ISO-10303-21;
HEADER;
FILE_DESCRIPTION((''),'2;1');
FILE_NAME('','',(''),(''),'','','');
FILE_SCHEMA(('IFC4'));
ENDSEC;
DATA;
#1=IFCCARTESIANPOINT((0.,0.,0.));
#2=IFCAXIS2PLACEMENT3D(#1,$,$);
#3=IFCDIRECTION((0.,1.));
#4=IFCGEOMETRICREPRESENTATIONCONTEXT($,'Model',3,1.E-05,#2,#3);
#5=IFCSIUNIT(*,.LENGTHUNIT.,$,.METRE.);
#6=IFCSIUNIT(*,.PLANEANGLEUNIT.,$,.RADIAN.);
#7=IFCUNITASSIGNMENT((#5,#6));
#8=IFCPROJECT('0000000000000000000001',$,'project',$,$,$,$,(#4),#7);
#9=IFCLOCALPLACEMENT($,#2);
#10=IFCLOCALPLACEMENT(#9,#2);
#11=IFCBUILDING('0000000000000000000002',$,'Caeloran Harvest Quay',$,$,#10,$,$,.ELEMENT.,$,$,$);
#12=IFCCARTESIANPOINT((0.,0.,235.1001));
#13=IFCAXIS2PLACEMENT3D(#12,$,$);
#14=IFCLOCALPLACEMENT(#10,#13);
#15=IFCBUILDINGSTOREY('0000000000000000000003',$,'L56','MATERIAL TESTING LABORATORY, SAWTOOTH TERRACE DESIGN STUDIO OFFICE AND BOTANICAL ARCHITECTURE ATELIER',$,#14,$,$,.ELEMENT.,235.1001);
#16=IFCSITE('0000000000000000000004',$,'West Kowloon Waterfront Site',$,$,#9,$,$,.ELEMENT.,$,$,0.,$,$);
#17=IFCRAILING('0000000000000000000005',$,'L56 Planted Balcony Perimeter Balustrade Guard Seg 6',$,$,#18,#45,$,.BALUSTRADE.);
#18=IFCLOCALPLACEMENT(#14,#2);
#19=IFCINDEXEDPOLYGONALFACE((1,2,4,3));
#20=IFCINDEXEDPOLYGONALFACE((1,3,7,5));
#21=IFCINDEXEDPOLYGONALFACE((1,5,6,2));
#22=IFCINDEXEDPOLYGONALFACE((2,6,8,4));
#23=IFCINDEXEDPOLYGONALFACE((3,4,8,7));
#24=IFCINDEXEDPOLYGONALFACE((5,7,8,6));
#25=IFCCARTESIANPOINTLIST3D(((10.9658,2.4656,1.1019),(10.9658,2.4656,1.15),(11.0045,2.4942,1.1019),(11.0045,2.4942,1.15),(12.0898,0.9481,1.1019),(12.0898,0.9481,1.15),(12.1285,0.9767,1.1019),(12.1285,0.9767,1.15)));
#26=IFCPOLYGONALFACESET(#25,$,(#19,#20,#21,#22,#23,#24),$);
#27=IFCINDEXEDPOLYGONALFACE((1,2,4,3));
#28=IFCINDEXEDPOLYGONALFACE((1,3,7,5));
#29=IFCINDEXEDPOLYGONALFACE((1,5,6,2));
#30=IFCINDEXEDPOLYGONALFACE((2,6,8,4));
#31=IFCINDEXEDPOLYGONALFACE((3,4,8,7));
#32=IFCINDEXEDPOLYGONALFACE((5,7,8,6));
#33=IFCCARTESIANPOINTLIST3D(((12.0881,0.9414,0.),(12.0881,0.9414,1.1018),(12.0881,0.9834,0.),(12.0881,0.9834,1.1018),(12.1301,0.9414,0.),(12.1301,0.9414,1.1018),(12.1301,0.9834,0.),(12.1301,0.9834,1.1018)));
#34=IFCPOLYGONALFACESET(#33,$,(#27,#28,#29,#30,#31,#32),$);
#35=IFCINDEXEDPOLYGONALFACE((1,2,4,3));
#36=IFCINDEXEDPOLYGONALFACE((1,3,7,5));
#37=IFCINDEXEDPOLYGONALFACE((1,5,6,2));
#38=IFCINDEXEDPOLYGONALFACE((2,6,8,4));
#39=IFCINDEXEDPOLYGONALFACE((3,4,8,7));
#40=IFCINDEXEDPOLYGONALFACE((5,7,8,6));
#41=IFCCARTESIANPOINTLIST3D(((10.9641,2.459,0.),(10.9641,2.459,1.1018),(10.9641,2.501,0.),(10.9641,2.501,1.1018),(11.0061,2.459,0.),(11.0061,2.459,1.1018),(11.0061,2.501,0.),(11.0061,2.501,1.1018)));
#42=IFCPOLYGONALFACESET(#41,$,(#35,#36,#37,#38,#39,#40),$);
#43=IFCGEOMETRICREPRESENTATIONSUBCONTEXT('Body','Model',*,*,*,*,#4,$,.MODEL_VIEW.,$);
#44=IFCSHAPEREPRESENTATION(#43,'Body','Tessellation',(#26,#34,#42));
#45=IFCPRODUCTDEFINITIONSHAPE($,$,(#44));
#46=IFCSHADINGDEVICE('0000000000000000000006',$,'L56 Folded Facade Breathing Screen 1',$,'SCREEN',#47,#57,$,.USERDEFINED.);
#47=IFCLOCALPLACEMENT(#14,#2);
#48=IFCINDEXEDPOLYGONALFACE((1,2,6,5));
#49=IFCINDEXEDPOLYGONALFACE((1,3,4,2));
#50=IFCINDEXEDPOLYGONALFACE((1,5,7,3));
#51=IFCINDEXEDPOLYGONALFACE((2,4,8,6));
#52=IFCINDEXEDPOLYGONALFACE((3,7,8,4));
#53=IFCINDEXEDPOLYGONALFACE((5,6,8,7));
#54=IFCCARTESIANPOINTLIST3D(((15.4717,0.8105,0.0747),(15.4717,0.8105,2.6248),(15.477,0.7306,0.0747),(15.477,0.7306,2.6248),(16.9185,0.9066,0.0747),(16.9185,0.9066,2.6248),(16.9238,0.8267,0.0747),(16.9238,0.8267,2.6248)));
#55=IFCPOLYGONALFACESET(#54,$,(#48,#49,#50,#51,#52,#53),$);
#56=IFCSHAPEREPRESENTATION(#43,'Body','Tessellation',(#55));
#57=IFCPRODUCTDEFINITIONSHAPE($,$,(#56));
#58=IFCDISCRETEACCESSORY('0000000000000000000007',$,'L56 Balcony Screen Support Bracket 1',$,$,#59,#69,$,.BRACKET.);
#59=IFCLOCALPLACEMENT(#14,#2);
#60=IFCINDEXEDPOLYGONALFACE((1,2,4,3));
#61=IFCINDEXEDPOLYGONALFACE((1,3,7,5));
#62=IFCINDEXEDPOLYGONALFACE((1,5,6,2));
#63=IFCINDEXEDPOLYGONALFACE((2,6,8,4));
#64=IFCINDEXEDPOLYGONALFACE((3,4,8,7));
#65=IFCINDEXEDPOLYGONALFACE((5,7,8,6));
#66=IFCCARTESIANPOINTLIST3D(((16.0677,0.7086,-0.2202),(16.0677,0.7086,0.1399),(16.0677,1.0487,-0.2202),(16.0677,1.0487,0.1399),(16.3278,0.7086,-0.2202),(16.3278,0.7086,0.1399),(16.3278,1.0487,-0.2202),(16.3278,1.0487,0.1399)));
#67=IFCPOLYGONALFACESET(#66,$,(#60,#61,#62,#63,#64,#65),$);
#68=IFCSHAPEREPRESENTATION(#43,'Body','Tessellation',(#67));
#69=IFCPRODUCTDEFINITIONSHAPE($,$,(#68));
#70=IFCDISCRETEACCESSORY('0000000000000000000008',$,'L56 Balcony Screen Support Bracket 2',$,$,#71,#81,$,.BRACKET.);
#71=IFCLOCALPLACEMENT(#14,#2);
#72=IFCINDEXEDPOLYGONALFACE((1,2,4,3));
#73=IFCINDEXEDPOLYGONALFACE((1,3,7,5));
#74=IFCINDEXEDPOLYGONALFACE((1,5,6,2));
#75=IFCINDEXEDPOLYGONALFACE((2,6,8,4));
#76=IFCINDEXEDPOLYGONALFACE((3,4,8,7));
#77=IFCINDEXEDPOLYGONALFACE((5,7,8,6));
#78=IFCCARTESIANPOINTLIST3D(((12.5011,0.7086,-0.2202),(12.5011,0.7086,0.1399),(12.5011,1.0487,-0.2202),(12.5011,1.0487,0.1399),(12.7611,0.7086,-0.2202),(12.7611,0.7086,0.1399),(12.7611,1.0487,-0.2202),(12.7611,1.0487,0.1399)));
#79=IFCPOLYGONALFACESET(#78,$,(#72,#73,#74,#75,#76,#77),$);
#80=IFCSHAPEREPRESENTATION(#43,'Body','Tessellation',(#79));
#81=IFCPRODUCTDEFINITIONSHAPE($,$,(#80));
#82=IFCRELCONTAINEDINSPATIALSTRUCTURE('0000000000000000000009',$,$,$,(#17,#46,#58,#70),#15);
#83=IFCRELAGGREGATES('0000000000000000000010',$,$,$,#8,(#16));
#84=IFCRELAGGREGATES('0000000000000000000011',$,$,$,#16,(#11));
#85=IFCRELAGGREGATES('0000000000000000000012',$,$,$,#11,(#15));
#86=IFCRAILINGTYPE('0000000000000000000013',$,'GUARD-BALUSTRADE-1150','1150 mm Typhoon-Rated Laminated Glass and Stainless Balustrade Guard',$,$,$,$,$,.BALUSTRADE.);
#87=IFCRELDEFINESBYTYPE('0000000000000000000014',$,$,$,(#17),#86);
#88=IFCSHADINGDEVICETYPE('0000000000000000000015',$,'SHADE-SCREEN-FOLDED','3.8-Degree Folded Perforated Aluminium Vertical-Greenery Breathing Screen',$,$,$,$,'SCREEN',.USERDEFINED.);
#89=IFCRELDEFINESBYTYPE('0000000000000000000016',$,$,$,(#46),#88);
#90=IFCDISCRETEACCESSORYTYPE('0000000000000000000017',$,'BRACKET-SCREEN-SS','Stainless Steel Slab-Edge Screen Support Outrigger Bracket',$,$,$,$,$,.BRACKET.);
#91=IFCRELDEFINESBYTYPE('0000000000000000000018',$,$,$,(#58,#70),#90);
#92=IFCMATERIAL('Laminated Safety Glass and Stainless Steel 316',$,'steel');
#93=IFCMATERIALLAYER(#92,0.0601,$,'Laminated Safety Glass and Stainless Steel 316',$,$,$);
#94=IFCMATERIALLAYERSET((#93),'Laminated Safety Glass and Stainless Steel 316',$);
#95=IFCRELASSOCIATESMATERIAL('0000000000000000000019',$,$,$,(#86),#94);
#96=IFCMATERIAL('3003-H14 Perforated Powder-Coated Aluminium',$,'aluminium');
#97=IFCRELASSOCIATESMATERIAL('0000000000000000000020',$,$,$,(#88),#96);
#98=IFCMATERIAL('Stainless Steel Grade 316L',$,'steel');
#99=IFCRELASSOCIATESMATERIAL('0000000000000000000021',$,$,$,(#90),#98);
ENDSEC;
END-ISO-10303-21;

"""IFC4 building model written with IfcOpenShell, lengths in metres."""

from ifc_helpers import new_model, si_unit, direction, frame, origin, origin_2d, place, context, subcontext, project, spatial, rectangle, extrude, material, layer, layer_set, type_object, element, save


model = new_model("IFC4")

# Units and contexts
model_context = context("Model", 3, precision=1e-05, world=origin(), true_north=direction((0.0, 1.0)))
body_context = subcontext(model_context, "Body", "Model", "MODEL_VIEW")
ifc_project = project(units=[si_unit("LENGTHUNIT", "METRE"), si_unit("PLANEANGLEUNIT", "RADIAN")], contexts=[model_context])

# Site, building, storey
site_placement = place(None, origin())
site = spatial("IfcSite", under=ifc_project, at=site_placement, Name="West Kowloon Waterfront Site", CompositionType="ELEMENT", RefElevation=0.0)
building_placement = place(site_placement, origin())
building = spatial("IfcBuilding", under=site, at=building_placement, Name="Caeloran Harvest Quay", CompositionType="ELEMENT")
storey_placement = place(building_placement, frame((0.0, 0.0, 235.1001)))
storey = spatial("IfcBuildingStorey", under=building, at=storey_placement, Name="L56", Description="MATERIAL TESTING LABORATORY, SAWTOOTH TERRACE DESIGN STUDIO OFFICE AND BOTANICAL ARCHITECTURE ATELIER", CompositionType="ELEMENT", Elevation=235.1001)

# Railing
ifc_material_1 = material(Name="Laminated Safety Glass and Stainless Steel 316", Category="steel")
ifc_layer_1 = layer(ifc_material_1, 0.0601, Name="Laminated Safety Glass and Stainless Steel 316")
ifc_layer_set_1 = layer_set([ifc_layer_1], Name="Laminated Safety Glass and Stainless Steel 316")
railing_type = type_object("IfcRailingType", Name="GUARD-BALUSTRADE-1150", Description="1150 mm Typhoon-Rated Laminated Glass and Stainless Balustrade Guard", PredefinedType="BALUSTRADE", material=ifc_layer_set_1)
railing_1_placement = place(storey_placement, frame((12.1091, 0.9624, 0.0)))
element("IfcRailing", 1, at=railing_1_placement, inside=storey, type_object=railing_type, Name="L56 Planted Balcony Perimeter Balustrade Guard Seg 6", PredefinedType="BALUSTRADE", context=body_context, shape_type="SweptSolid", body=[
    extrude(rectangle(XDim=0.0481, YDim=0.0481, at=origin_2d()), frame((0.0, 0.0, 1.126), z_axis=(-0.59519, 0.803585, 0.0), x_axis=(-0.803585, -0.59519, 0.0)), (0.0, 0.0, 1.0), 1.8884),
    extrude(rectangle(XDim=0.042, YDim=0.042, at=origin_2d()), origin(), (0.0, 0.0, 1.0), 1.1018),
    extrude(rectangle(XDim=0.042, YDim=0.042, at=origin_2d()), frame((-1.124, 1.5176, 0.0)), (0.0, 0.0, 1.0), 1.1018),
])

# Shading device
ifc_material_2 = material(Name="3003-H14 Perforated Powder-Coated Aluminium", Category="aluminium")
shading_device_type = type_object("IfcShadingDeviceType", Name="SHADE-SCREEN-FOLDED", Description="3.8-Degree Folded Perforated Aluminium Vertical-Greenery Breathing Screen", ElementType="SCREEN", PredefinedType="USERDEFINED", material=ifc_material_2)
shading_device_placement = place(storey_placement, frame((16.1978, 0.8186, 0.0747), z_axis=(0.0, 0.0, 1.0), x_axis=(0.997801, 0.066274, 0.0)))
element("IfcShadingDevice", 2, at=shading_device_placement, inside=storey, type_object=shading_device_type, Name="L56 Folded Facade Breathing Screen 1", ObjectType="SCREEN", PredefinedType="USERDEFINED", context=body_context, shape_type="SweptSolid", body=[
    extrude(rectangle(XDim=1.45, YDim=0.0801, at=origin_2d()), origin(), (0.0, 0.0, 1.0), 2.55),
])

# Discrete accessories
ifc_material_3 = material(Name="Stainless Steel Grade 316L", Category="steel")
discrete_accessory_type = type_object("IfcDiscreteAccessoryType", Name="BRACKET-SCREEN-SS", Description="Stainless Steel Slab-Edge Screen Support Outrigger Bracket", PredefinedType="BRACKET", material=ifc_material_3)
for number, where, z_axis, x_axis, name in (
    (3, (16.1978, 0.8787, -0.2202), (0.0, 0.0, 1.0), (1.0, 0.0, 0.0), "L56 Balcony Screen Support Bracket 1"),
    (4, (12.6311, 0.8787, -0.2202), (0.0, 0.0, 1.0), (1.0, 0.0, 0.0), "L56 Balcony Screen Support Bracket 2"),
):
    element("IfcDiscreteAccessory", number, at=place(storey_placement, frame(where, z_axis=z_axis, x_axis=x_axis)), inside=storey, type_object=discrete_accessory_type, Name=name, PredefinedType="BRACKET", context=body_context, shape_type="SweptSolid", body=[
        extrude(rectangle(XDim=0.26, YDim=0.3401, at=origin_2d()), origin(), (0.0, 0.0, 1.0), 0.3601),
    ])

save(model, "model.ifc")
